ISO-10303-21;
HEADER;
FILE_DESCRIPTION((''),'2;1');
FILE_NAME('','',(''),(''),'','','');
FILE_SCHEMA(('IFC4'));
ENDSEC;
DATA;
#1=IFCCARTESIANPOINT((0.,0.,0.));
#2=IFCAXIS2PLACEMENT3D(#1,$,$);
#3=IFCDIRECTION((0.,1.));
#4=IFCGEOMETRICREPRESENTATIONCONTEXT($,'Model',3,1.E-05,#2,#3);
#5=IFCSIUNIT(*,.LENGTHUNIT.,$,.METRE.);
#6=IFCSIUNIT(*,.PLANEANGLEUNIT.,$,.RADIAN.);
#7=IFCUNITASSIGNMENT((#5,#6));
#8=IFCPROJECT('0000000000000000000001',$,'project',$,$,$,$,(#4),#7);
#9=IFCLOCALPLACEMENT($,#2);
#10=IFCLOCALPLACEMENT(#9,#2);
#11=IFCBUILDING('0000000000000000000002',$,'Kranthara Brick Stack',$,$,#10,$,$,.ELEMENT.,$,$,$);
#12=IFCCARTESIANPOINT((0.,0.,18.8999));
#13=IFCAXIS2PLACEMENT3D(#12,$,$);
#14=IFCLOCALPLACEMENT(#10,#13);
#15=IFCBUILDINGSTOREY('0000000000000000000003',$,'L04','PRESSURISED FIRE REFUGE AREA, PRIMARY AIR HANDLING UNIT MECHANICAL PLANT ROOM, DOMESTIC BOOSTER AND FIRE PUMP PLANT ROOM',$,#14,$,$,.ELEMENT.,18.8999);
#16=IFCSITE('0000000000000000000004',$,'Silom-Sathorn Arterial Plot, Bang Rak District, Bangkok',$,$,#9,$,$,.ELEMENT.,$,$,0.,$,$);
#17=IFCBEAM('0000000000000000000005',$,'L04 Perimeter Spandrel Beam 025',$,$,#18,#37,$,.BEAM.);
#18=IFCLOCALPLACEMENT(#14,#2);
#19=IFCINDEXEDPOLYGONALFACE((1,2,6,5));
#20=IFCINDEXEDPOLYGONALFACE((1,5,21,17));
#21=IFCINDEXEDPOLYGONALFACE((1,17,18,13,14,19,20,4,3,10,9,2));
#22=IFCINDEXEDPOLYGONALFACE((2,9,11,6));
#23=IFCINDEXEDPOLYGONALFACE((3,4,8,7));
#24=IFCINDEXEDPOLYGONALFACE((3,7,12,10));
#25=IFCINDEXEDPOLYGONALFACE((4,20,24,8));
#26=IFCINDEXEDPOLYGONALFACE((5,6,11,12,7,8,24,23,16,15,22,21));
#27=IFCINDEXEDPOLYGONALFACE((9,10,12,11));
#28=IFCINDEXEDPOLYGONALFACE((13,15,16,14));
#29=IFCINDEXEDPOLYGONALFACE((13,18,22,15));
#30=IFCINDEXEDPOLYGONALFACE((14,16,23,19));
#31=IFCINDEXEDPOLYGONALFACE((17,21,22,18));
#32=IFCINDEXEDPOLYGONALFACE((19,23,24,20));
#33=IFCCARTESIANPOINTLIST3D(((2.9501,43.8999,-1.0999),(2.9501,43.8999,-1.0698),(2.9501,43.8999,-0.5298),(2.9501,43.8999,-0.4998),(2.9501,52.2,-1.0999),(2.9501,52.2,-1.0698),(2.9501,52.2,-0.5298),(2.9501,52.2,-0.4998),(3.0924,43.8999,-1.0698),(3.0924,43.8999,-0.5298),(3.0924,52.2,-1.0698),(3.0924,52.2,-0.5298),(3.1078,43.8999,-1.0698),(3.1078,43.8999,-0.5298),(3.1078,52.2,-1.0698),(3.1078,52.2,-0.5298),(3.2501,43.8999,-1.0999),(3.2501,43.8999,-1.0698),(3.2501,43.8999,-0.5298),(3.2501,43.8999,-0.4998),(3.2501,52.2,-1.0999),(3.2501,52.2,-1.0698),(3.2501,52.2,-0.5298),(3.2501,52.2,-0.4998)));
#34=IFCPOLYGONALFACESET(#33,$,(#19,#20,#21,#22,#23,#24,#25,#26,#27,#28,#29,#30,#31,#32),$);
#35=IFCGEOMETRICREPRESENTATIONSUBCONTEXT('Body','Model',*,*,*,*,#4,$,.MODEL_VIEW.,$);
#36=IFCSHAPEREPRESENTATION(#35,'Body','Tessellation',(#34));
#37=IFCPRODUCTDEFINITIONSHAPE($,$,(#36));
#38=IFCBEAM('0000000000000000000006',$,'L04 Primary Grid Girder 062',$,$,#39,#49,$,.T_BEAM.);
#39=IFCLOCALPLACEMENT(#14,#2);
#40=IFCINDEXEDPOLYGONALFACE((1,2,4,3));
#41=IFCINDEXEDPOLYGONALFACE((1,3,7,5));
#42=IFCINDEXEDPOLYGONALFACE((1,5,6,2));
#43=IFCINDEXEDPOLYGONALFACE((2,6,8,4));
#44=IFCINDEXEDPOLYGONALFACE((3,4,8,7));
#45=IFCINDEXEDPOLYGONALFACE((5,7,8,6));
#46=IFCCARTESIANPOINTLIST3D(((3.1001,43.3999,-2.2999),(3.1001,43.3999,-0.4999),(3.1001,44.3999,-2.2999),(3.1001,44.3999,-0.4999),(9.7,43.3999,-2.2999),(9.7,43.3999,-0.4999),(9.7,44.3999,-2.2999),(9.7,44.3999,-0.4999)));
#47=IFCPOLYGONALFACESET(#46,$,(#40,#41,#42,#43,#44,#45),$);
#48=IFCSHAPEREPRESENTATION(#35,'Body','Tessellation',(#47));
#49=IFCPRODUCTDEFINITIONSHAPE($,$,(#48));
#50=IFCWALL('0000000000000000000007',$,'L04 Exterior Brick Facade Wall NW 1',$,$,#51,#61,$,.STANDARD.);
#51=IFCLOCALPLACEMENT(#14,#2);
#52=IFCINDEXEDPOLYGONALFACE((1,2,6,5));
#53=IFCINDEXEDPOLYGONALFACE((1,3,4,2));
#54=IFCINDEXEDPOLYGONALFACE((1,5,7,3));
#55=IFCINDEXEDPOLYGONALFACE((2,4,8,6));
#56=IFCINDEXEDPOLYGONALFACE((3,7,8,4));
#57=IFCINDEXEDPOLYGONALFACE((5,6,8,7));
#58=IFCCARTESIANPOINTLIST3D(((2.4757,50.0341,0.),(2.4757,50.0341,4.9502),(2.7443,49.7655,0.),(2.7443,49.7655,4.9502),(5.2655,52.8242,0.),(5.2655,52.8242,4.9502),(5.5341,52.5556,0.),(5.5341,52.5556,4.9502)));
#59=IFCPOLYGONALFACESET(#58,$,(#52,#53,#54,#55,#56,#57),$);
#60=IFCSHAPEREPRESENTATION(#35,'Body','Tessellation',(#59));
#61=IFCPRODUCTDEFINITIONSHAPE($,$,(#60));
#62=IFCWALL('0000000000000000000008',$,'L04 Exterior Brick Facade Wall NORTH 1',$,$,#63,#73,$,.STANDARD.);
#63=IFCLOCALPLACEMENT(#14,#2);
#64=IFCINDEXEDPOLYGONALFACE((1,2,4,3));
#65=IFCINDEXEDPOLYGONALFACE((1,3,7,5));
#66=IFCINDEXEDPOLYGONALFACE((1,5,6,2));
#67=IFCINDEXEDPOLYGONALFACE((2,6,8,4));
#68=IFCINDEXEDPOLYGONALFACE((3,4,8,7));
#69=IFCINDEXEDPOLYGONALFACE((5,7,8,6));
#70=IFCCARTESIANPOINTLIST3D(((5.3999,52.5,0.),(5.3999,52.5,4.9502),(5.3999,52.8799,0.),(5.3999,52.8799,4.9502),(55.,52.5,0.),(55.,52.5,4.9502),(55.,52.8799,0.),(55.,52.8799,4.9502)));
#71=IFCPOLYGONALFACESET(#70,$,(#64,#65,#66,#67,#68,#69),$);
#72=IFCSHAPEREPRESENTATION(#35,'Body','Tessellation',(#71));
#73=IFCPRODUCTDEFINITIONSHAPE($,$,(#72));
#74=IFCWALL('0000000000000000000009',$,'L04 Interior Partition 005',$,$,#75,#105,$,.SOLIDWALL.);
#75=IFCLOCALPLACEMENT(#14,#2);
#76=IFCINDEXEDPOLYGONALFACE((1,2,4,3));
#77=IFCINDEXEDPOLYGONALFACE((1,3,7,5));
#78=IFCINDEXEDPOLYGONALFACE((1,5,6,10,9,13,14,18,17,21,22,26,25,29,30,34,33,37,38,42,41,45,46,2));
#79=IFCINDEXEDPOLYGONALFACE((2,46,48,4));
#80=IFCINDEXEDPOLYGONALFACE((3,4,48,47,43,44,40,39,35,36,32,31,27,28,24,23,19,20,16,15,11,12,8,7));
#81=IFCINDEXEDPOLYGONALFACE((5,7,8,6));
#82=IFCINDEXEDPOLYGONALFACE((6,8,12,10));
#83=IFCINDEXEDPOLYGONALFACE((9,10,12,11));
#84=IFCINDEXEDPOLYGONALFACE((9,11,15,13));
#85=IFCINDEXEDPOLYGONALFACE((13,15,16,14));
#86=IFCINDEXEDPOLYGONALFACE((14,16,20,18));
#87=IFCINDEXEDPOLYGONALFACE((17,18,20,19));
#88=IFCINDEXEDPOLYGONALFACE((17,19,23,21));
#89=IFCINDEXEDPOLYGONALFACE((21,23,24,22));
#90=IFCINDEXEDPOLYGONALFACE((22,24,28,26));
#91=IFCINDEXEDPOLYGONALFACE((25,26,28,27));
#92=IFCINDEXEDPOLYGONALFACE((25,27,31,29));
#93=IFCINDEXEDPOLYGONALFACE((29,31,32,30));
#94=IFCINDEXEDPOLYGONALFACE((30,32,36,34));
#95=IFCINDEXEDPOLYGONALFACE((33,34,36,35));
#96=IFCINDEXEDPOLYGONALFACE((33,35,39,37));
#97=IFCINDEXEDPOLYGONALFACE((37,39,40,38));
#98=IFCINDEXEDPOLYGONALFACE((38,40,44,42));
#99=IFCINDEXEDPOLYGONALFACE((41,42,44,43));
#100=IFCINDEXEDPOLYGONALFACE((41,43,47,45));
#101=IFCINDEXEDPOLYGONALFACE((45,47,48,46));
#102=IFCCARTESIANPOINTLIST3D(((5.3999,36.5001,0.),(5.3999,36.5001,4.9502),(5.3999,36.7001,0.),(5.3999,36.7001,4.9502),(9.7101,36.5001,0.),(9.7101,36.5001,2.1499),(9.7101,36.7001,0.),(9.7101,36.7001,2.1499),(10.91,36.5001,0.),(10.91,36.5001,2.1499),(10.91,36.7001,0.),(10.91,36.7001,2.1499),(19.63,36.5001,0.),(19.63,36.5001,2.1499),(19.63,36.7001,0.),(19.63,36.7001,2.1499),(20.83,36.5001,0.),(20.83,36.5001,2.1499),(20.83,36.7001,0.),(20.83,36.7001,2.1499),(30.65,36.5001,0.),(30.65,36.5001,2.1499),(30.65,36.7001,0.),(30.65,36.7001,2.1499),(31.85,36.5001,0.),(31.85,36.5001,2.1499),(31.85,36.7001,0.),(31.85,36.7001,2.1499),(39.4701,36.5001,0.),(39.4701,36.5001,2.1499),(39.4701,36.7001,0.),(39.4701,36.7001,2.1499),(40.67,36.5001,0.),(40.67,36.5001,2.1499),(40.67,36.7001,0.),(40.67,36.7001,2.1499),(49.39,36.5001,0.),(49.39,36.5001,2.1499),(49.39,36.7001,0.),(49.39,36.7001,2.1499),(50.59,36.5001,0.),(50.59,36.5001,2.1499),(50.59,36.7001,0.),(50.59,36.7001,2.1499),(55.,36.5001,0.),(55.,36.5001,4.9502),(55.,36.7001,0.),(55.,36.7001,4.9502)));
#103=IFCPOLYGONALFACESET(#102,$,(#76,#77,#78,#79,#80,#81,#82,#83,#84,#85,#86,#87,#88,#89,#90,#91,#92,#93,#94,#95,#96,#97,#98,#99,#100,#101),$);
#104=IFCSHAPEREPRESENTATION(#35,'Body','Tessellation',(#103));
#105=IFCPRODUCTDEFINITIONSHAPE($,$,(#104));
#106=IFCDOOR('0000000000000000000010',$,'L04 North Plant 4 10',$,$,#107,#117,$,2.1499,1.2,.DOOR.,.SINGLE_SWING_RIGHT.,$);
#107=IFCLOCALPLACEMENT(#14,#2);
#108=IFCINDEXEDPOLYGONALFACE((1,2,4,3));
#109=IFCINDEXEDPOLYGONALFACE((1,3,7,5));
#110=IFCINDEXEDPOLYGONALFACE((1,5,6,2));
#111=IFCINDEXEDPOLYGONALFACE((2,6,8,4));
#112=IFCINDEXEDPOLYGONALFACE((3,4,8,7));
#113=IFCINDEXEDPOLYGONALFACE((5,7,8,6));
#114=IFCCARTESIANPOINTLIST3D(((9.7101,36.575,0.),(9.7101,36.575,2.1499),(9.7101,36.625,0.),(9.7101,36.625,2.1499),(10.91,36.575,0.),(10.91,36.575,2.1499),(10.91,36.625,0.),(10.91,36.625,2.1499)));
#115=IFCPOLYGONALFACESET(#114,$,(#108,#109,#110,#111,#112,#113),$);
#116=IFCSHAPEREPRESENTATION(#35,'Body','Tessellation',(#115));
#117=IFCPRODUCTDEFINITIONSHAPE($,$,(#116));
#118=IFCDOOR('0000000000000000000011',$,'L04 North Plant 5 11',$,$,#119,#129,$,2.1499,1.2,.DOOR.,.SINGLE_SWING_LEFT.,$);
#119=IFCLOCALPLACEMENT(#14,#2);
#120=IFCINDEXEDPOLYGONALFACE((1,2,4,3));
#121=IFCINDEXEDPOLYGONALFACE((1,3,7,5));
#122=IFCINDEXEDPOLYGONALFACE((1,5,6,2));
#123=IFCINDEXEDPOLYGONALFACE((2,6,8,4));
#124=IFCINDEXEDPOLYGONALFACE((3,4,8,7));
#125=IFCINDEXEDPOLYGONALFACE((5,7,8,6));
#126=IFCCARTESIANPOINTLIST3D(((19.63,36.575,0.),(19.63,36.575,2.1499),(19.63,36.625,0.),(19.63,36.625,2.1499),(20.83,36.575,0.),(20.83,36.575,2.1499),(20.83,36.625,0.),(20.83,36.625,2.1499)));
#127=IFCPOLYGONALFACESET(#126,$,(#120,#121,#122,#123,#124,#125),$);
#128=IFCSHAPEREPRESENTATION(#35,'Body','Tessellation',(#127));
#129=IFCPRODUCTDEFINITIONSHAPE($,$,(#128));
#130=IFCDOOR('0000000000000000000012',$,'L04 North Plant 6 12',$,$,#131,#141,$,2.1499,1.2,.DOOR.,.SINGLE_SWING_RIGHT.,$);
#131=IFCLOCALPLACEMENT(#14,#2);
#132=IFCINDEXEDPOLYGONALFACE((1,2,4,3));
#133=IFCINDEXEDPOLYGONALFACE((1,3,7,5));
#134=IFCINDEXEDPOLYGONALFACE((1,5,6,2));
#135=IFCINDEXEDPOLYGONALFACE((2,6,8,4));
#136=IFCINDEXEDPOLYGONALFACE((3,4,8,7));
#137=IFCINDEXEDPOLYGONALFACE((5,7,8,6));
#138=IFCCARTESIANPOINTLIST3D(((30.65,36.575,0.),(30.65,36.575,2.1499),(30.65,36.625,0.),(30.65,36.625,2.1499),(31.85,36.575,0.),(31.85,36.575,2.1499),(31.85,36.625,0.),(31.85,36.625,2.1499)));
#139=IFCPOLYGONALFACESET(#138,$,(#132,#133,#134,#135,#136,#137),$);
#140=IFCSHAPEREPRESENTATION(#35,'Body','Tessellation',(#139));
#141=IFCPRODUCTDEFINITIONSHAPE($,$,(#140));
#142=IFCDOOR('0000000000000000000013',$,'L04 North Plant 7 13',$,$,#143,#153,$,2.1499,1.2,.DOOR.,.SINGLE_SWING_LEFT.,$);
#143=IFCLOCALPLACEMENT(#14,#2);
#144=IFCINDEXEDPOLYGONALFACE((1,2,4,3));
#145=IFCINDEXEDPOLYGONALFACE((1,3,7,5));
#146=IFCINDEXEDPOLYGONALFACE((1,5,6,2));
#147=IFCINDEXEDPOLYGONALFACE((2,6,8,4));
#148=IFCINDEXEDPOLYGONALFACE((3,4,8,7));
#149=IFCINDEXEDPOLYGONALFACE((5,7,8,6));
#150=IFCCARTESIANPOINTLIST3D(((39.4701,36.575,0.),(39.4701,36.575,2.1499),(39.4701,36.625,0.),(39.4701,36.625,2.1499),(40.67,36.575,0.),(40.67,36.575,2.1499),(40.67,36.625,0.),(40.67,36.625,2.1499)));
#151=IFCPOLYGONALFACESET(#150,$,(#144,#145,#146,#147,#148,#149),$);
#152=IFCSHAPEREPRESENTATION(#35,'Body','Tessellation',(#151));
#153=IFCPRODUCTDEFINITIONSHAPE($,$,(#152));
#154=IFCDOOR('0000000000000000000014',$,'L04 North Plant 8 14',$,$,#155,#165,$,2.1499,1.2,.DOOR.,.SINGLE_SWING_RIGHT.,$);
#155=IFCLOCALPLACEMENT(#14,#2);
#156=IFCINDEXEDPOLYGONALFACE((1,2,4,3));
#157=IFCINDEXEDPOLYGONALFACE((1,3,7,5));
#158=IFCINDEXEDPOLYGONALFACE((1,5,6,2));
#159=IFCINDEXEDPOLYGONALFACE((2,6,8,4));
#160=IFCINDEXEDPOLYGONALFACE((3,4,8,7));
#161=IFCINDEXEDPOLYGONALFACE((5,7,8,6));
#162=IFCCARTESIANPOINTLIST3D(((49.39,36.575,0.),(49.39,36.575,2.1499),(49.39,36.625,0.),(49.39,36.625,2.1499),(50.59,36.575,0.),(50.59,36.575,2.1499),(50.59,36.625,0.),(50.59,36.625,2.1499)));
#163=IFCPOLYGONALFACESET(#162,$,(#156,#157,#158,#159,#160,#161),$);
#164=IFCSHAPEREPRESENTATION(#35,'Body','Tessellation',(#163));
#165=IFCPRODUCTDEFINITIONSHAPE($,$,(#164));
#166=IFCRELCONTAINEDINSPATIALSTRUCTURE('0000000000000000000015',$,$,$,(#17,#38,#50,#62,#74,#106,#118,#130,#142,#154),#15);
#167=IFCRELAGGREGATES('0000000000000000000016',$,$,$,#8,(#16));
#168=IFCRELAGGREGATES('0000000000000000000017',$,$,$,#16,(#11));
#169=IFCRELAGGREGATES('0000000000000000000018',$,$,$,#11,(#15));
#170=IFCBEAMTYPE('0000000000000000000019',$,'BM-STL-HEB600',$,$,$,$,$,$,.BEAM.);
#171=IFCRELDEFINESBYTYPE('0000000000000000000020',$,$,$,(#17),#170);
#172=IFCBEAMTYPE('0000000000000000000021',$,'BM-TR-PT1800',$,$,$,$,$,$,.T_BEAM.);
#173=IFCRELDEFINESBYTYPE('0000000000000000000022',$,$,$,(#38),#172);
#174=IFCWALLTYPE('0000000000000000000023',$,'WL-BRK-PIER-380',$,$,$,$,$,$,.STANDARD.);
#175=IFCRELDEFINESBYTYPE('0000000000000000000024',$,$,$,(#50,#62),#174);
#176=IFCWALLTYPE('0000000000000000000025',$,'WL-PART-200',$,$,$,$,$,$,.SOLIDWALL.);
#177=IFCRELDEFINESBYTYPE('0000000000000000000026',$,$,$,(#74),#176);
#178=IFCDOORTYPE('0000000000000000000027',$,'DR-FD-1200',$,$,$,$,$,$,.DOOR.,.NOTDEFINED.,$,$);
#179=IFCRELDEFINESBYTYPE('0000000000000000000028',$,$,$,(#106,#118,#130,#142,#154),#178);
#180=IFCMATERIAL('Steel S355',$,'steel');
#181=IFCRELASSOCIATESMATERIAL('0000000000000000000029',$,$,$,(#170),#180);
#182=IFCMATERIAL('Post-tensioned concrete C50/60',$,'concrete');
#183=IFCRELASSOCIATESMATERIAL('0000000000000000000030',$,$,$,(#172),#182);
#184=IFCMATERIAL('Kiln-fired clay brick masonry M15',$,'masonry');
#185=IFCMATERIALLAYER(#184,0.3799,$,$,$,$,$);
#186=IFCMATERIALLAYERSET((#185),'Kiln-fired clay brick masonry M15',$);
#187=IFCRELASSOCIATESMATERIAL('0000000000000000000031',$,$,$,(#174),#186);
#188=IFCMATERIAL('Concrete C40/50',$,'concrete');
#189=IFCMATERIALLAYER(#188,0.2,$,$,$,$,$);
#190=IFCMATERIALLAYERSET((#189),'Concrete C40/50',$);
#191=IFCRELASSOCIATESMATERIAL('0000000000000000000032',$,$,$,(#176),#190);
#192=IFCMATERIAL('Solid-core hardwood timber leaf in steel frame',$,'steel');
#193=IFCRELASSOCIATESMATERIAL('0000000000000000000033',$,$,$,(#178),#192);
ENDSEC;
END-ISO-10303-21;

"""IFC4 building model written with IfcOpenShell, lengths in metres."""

from ifc_helpers import new_model, si_unit, direction, frame, frame_2d, origin, origin_2d, place, context, subcontext, project, spatial, rectangle, i_section, extrude, material, layer, layer_set, material_profile, profile_set, type_object, element, fill, save


model = new_model("IFC4")

# Units and contexts
model_context = context("Model", 3, precision=1e-05, world=origin(), true_north=direction((0.0, 1.0)))
body_context = subcontext(model_context, "Body", "Model", "MODEL_VIEW")
ifc_project = project(units=[si_unit("LENGTHUNIT", "METRE"), si_unit("PLANEANGLEUNIT", "RADIAN")], contexts=[model_context])

# Site, building, storey
site_placement = place(None, origin())
site = spatial("IfcSite", under=ifc_project, at=site_placement, Name="Silom-Sathorn Arterial Plot, Bang Rak District, Bangkok", CompositionType="ELEMENT", RefElevation=0.0)
building_placement = place(site_placement, origin())
building = spatial("IfcBuilding", under=site, at=building_placement, Name="Kranthara Brick Stack", CompositionType="ELEMENT")
storey_placement = place(building_placement, frame((0.0, 0.0, 18.8999)))
storey = spatial("IfcBuildingStorey", under=building, at=storey_placement, Name="L04", Description="PRESSURISED FIRE REFUGE AREA, PRIMARY AIR HANDLING UNIT MECHANICAL PLANT ROOM, DOMESTIC BOOSTER AND FIRE PUMP PLANT ROOM", CompositionType="ELEMENT", Elevation=18.8999)

# Beams
ifc_material_1 = material(Name="Steel S355", Category="steel")
ifc_material_profile_1 = material_profile(ifc_material_1, i_section(OverallWidth=0.3, OverallDepth=0.6001, WebThickness=0.0154, FlangeThickness=0.03, at=origin_2d()), Name="HEB 600")
ifc_profile_set_1 = profile_set([ifc_material_profile_1], Name="Steel S355")
beam_type_1 = type_object("IfcBeamType", Name="BM-STL-HEB600", PredefinedType="BEAM", material=ifc_profile_set_1)
beam_1_placement = place(storey_placement, frame((3.1001, 43.8999, -0.7998), z_axis=(0.0, 1.0, 0.0), x_axis=(-1.0, 0.0, 0.0)))
element("IfcBeam", 1, at=beam_1_placement, inside=storey, type_object=beam_type_1, Name="L04 Perimeter Spandrel Beam 025", PredefinedType="BEAM", context=body_context, shape_type="SweptSolid", body=[
    extrude(i_section(OverallWidth=0.3, OverallDepth=0.6001, WebThickness=0.0154, FlangeThickness=0.03, at=origin_2d()), origin(), (0.0, 0.0, 1.0), 8.3),
])
ifc_material_2 = material(Name="Post-tensioned concrete C50/60", Category="concrete")
ifc_material_profile_2 = material_profile(ifc_material_2, rectangle(XDim=1.0, YDim=1.8, at=origin_2d()), Name="PT 1000x1800")
ifc_profile_set_2 = profile_set([ifc_material_profile_2], Name="Post-tensioned concrete C50/60")
beam_type_2 = type_object("IfcBeamType", Name="BM-TR-PT1800", PredefinedType="T_BEAM", material=ifc_profile_set_2)
beam_2_placement = place(storey_placement, frame((3.1001, 43.8999, -1.3999), z_axis=(1.0, 0.0, 0.0), x_axis=(0.0, 1.0, 0.0)))
element("IfcBeam", 2, at=beam_2_placement, inside=storey, type_object=beam_type_2, Name="L04 Primary Grid Girder 062", PredefinedType="T_BEAM", context=body_context, shape_type="SweptSolid", body=[
    extrude(rectangle(XDim=1.0, YDim=1.8, at=origin_2d()), origin(), (0.0, 0.0, 1.0), 6.5999),
])

# Walls
ifc_material_3 = material(Name="Kiln-fired clay brick masonry M15", Category="masonry")
ifc_layer_1 = layer(ifc_material_3, 0.3799)
ifc_layer_set_1 = layer_set([ifc_layer_1], Name="Kiln-fired clay brick masonry M15")
wall_type_1 = type_object("IfcWallType", Name="WL-BRK-PIER-380", PredefinedType="STANDARD", material=ifc_layer_set_1)
wall_1_placement = place(storey_placement, frame((2.6101, 49.8999, 0.0), z_axis=(0.0, 0.0, 1.0), x_axis=(0.707076, 0.707138, 0.0)))
element("IfcWall", 3, at=wall_1_placement, inside=storey, type_object=wall_type_1, Name="L04 Exterior Brick Facade Wall NW 1", PredefinedType="STANDARD", context=body_context, shape_type="SweptSolid", body=[
    extrude(rectangle(XDim=3.9456, YDim=0.3799, at=frame_2d((1.9727, 0.0))), origin(), (0.0, 0.0, 1.0), 4.9502),
])
wall_2_placement = place(storey_placement, frame((5.3999, 52.6899, 0.0), z_axis=(0.0, 0.0, 1.0), x_axis=(1.0, 0.0, 0.0)))
element("IfcWall", 4, at=wall_2_placement, inside=storey, type_object=wall_type_1, Name="L04 Exterior Brick Facade Wall NORTH 1", PredefinedType="STANDARD", context=body_context, shape_type="SweptSolid", body=[
    extrude(rectangle(XDim=49.6001, YDim=0.3799, at=frame_2d((24.8, 0.0))), origin(), (0.0, 0.0, 1.0), 4.9502),
])

# Wall, openings, doors
ifc_material_4 = material(Name="Concrete C40/50", Category="concrete")
ifc_layer_2 = layer(ifc_material_4, 0.2)
ifc_layer_set_2 = layer_set([ifc_layer_2], Name="Concrete C40/50")
wall_type_2 = type_object("IfcWallType", Name="WL-PART-200", PredefinedType="SOLIDWALL", material=ifc_layer_set_2)
wall_3_placement = place(storey_placement, frame((5.3999, 36.6001, 0.0), z_axis=(0.0, 0.0, 1.0), x_axis=(1.0, 0.0, 0.0)))
wall_3 = element("IfcWall", 5, at=wall_3_placement, inside=storey, type_object=wall_type_2, Name="L04 Interior Partition 005", PredefinedType="SOLIDWALL", context=body_context, shape_type="SweptSolid", body=[
    extrude(rectangle(XDim=49.6001, YDim=0.2, at=frame_2d((24.8, 0.0))), origin(), (0.0, 0.0, 1.0), 4.9502),
])
opening_1_placement = place(wall_3_placement, frame((4.3101, 0.0, 0.0)))
opening_1 = element("IfcOpeningElement", 6, at=opening_1_placement, cuts=wall_3, PredefinedType="OPENING", context=body_context, shape_type="SweptSolid", body=[
    extrude(rectangle(XDim=1.2, YDim=2.1499, at=frame_2d((0.6001, 1.075))), frame((0.0, 0.1099, 0.0), z_axis=(0.0, -1.0, 0.0), x_axis=(1.0, 0.0, 0.0)), (0.0, 0.0, 1.0), 0.22),
])
opening_2_placement = place(wall_3_placement, frame((14.23, 0.0, 0.0)))
opening_2 = element("IfcOpeningElement", 7, at=opening_2_placement, cuts=wall_3, PredefinedType="OPENING", context=body_context, shape_type="SweptSolid", body=[
    extrude(rectangle(XDim=1.2, YDim=2.1499, at=frame_2d((0.6001, 1.075))), frame((0.0, 0.1099, 0.0), z_axis=(0.0, -1.0, 0.0), x_axis=(1.0, 0.0, 0.0)), (0.0, 0.0, 1.0), 0.22),
])
opening_3_placement = place(wall_3_placement, frame((25.25, 0.0, 0.0)))
opening_3 = element("IfcOpeningElement", 8, at=opening_3_placement, cuts=wall_3, PredefinedType="OPENING", context=body_context, shape_type="SweptSolid", body=[
    extrude(rectangle(XDim=1.2, YDim=2.1499, at=frame_2d((0.6001, 1.075))), frame((0.0, 0.1099, 0.0), z_axis=(0.0, -1.0, 0.0), x_axis=(1.0, 0.0, 0.0)), (0.0, 0.0, 1.0), 0.22),
])
opening_4_placement = place(wall_3_placement, frame((34.0701, 0.0, 0.0)))
opening_4 = element("IfcOpeningElement", 9, at=opening_4_placement, cuts=wall_3, PredefinedType="OPENING", context=body_context, shape_type="SweptSolid", body=[
    extrude(rectangle(XDim=1.2, YDim=2.1499, at=frame_2d((0.6001, 1.075))), frame((0.0, 0.1099, 0.0), z_axis=(0.0, -1.0, 0.0), x_axis=(1.0, 0.0, 0.0)), (0.0, 0.0, 1.0), 0.22),
])
opening_5_placement = place(wall_3_placement, frame((43.99, 0.0, 0.0)))
opening_5 = element("IfcOpeningElement", 10, at=opening_5_placement, cuts=wall_3, PredefinedType="OPENING", context=body_context, shape_type="SweptSolid", body=[
    extrude(rectangle(XDim=1.2, YDim=2.1499, at=frame_2d((0.6001, 1.075))), frame((0.0, 0.1099, 0.0), z_axis=(0.0, -1.0, 0.0), x_axis=(1.0, 0.0, 0.0)), (0.0, 0.0, 1.0), 0.22),
])
ifc_material_5 = material(Name="Solid-core hardwood timber leaf in steel frame", Category="steel")
door_type = type_object("IfcDoorType", Name="DR-FD-1200", OperationType="NOTDEFINED", PredefinedType="DOOR", material=ifc_material_5)
door_1_placement = place(opening_1_placement, origin())
door_1 = element("IfcDoor", 11, at=door_1_placement, inside=storey, type_object=door_type, Name="L04 North Plant 4 10", OperationType="SINGLE_SWING_RIGHT", OverallHeight=2.1499, OverallWidth=1.2, PredefinedType="DOOR", context=body_context, shape_type="SweptSolid", body=[
    extrude(rectangle(XDim=1.2, YDim=2.1499, at=frame_2d((0.6001, 1.075))), frame((0.0, 0.0249, 0.0), z_axis=(0.0, -1.0, 0.0), x_axis=(1.0, 0.0, 0.0)), (0.0, 0.0, 1.0), 0.05),
])
fill(opening_1, door_1)
door_2_placement = place(opening_2_placement, origin())
door_2 = element("IfcDoor", 12, at=door_2_placement, inside=storey, type_object=door_type, Name="L04 North Plant 5 11", OperationType="SINGLE_SWING_LEFT", OverallHeight=2.1499, OverallWidth=1.2, PredefinedType="DOOR", context=body_context, shape_type="SweptSolid", body=[
    extrude(rectangle(XDim=1.2, YDim=2.1499, at=frame_2d((0.6001, 1.075))), frame((0.0, 0.0249, 0.0), z_axis=(0.0, -1.0, 0.0), x_axis=(1.0, 0.0, 0.0)), (0.0, 0.0, 1.0), 0.05),
])
fill(opening_2, door_2)
door_3_placement = place(opening_3_placement, origin())
door_3 = element("IfcDoor", 13, at=door_3_placement, inside=storey, type_object=door_type, Name="L04 North Plant 6 12", OperationType="SINGLE_SWING_RIGHT", OverallHeight=2.1499, OverallWidth=1.2, PredefinedType="DOOR", context=body_context, shape_type="SweptSolid", body=[
    extrude(rectangle(XDim=1.2, YDim=2.1499, at=frame_2d((0.6001, 1.075))), frame((0.0, 0.0249, 0.0), z_axis=(0.0, -1.0, 0.0), x_axis=(1.0, 0.0, 0.0)), (0.0, 0.0, 1.0), 0.05),
])
fill(opening_3, door_3)
door_4_placement = place(opening_4_placement, origin())
door_4 = element("IfcDoor", 14, at=door_4_placement, inside=storey, type_object=door_type, Name="L04 North Plant 7 13", OperationType="SINGLE_SWING_LEFT", OverallHeight=2.1499, OverallWidth=1.2, PredefinedType="DOOR", context=body_context, shape_type="SweptSolid", body=[
    extrude(rectangle(XDim=1.2, YDim=2.1499, at=frame_2d((0.6001, 1.075))), frame((0.0, 0.0249, 0.0), z_axis=(0.0, -1.0, 0.0), x_axis=(1.0, 0.0, 0.0)), (0.0, 0.0, 1.0), 0.05),
])
fill(opening_4, door_4)
door_5_placement = place(opening_5_placement, origin())
door_5 = element("IfcDoor", 15, at=door_5_placement, inside=storey, type_object=door_type, Name="L04 North Plant 8 14", OperationType="SINGLE_SWING_RIGHT", OverallHeight=2.1499, OverallWidth=1.2, PredefinedType="DOOR", context=body_context, shape_type="SweptSolid", body=[
    extrude(rectangle(XDim=1.2, YDim=2.1499, at=frame_2d((0.6001, 1.075))), frame((0.0, 0.0249, 0.0), z_axis=(0.0, -1.0, 0.0), x_axis=(1.0, 0.0, 0.0)), (0.0, 0.0, 1.0), 0.05),
])
fill(opening_5, door_5)

save(model, "model.ifc")
